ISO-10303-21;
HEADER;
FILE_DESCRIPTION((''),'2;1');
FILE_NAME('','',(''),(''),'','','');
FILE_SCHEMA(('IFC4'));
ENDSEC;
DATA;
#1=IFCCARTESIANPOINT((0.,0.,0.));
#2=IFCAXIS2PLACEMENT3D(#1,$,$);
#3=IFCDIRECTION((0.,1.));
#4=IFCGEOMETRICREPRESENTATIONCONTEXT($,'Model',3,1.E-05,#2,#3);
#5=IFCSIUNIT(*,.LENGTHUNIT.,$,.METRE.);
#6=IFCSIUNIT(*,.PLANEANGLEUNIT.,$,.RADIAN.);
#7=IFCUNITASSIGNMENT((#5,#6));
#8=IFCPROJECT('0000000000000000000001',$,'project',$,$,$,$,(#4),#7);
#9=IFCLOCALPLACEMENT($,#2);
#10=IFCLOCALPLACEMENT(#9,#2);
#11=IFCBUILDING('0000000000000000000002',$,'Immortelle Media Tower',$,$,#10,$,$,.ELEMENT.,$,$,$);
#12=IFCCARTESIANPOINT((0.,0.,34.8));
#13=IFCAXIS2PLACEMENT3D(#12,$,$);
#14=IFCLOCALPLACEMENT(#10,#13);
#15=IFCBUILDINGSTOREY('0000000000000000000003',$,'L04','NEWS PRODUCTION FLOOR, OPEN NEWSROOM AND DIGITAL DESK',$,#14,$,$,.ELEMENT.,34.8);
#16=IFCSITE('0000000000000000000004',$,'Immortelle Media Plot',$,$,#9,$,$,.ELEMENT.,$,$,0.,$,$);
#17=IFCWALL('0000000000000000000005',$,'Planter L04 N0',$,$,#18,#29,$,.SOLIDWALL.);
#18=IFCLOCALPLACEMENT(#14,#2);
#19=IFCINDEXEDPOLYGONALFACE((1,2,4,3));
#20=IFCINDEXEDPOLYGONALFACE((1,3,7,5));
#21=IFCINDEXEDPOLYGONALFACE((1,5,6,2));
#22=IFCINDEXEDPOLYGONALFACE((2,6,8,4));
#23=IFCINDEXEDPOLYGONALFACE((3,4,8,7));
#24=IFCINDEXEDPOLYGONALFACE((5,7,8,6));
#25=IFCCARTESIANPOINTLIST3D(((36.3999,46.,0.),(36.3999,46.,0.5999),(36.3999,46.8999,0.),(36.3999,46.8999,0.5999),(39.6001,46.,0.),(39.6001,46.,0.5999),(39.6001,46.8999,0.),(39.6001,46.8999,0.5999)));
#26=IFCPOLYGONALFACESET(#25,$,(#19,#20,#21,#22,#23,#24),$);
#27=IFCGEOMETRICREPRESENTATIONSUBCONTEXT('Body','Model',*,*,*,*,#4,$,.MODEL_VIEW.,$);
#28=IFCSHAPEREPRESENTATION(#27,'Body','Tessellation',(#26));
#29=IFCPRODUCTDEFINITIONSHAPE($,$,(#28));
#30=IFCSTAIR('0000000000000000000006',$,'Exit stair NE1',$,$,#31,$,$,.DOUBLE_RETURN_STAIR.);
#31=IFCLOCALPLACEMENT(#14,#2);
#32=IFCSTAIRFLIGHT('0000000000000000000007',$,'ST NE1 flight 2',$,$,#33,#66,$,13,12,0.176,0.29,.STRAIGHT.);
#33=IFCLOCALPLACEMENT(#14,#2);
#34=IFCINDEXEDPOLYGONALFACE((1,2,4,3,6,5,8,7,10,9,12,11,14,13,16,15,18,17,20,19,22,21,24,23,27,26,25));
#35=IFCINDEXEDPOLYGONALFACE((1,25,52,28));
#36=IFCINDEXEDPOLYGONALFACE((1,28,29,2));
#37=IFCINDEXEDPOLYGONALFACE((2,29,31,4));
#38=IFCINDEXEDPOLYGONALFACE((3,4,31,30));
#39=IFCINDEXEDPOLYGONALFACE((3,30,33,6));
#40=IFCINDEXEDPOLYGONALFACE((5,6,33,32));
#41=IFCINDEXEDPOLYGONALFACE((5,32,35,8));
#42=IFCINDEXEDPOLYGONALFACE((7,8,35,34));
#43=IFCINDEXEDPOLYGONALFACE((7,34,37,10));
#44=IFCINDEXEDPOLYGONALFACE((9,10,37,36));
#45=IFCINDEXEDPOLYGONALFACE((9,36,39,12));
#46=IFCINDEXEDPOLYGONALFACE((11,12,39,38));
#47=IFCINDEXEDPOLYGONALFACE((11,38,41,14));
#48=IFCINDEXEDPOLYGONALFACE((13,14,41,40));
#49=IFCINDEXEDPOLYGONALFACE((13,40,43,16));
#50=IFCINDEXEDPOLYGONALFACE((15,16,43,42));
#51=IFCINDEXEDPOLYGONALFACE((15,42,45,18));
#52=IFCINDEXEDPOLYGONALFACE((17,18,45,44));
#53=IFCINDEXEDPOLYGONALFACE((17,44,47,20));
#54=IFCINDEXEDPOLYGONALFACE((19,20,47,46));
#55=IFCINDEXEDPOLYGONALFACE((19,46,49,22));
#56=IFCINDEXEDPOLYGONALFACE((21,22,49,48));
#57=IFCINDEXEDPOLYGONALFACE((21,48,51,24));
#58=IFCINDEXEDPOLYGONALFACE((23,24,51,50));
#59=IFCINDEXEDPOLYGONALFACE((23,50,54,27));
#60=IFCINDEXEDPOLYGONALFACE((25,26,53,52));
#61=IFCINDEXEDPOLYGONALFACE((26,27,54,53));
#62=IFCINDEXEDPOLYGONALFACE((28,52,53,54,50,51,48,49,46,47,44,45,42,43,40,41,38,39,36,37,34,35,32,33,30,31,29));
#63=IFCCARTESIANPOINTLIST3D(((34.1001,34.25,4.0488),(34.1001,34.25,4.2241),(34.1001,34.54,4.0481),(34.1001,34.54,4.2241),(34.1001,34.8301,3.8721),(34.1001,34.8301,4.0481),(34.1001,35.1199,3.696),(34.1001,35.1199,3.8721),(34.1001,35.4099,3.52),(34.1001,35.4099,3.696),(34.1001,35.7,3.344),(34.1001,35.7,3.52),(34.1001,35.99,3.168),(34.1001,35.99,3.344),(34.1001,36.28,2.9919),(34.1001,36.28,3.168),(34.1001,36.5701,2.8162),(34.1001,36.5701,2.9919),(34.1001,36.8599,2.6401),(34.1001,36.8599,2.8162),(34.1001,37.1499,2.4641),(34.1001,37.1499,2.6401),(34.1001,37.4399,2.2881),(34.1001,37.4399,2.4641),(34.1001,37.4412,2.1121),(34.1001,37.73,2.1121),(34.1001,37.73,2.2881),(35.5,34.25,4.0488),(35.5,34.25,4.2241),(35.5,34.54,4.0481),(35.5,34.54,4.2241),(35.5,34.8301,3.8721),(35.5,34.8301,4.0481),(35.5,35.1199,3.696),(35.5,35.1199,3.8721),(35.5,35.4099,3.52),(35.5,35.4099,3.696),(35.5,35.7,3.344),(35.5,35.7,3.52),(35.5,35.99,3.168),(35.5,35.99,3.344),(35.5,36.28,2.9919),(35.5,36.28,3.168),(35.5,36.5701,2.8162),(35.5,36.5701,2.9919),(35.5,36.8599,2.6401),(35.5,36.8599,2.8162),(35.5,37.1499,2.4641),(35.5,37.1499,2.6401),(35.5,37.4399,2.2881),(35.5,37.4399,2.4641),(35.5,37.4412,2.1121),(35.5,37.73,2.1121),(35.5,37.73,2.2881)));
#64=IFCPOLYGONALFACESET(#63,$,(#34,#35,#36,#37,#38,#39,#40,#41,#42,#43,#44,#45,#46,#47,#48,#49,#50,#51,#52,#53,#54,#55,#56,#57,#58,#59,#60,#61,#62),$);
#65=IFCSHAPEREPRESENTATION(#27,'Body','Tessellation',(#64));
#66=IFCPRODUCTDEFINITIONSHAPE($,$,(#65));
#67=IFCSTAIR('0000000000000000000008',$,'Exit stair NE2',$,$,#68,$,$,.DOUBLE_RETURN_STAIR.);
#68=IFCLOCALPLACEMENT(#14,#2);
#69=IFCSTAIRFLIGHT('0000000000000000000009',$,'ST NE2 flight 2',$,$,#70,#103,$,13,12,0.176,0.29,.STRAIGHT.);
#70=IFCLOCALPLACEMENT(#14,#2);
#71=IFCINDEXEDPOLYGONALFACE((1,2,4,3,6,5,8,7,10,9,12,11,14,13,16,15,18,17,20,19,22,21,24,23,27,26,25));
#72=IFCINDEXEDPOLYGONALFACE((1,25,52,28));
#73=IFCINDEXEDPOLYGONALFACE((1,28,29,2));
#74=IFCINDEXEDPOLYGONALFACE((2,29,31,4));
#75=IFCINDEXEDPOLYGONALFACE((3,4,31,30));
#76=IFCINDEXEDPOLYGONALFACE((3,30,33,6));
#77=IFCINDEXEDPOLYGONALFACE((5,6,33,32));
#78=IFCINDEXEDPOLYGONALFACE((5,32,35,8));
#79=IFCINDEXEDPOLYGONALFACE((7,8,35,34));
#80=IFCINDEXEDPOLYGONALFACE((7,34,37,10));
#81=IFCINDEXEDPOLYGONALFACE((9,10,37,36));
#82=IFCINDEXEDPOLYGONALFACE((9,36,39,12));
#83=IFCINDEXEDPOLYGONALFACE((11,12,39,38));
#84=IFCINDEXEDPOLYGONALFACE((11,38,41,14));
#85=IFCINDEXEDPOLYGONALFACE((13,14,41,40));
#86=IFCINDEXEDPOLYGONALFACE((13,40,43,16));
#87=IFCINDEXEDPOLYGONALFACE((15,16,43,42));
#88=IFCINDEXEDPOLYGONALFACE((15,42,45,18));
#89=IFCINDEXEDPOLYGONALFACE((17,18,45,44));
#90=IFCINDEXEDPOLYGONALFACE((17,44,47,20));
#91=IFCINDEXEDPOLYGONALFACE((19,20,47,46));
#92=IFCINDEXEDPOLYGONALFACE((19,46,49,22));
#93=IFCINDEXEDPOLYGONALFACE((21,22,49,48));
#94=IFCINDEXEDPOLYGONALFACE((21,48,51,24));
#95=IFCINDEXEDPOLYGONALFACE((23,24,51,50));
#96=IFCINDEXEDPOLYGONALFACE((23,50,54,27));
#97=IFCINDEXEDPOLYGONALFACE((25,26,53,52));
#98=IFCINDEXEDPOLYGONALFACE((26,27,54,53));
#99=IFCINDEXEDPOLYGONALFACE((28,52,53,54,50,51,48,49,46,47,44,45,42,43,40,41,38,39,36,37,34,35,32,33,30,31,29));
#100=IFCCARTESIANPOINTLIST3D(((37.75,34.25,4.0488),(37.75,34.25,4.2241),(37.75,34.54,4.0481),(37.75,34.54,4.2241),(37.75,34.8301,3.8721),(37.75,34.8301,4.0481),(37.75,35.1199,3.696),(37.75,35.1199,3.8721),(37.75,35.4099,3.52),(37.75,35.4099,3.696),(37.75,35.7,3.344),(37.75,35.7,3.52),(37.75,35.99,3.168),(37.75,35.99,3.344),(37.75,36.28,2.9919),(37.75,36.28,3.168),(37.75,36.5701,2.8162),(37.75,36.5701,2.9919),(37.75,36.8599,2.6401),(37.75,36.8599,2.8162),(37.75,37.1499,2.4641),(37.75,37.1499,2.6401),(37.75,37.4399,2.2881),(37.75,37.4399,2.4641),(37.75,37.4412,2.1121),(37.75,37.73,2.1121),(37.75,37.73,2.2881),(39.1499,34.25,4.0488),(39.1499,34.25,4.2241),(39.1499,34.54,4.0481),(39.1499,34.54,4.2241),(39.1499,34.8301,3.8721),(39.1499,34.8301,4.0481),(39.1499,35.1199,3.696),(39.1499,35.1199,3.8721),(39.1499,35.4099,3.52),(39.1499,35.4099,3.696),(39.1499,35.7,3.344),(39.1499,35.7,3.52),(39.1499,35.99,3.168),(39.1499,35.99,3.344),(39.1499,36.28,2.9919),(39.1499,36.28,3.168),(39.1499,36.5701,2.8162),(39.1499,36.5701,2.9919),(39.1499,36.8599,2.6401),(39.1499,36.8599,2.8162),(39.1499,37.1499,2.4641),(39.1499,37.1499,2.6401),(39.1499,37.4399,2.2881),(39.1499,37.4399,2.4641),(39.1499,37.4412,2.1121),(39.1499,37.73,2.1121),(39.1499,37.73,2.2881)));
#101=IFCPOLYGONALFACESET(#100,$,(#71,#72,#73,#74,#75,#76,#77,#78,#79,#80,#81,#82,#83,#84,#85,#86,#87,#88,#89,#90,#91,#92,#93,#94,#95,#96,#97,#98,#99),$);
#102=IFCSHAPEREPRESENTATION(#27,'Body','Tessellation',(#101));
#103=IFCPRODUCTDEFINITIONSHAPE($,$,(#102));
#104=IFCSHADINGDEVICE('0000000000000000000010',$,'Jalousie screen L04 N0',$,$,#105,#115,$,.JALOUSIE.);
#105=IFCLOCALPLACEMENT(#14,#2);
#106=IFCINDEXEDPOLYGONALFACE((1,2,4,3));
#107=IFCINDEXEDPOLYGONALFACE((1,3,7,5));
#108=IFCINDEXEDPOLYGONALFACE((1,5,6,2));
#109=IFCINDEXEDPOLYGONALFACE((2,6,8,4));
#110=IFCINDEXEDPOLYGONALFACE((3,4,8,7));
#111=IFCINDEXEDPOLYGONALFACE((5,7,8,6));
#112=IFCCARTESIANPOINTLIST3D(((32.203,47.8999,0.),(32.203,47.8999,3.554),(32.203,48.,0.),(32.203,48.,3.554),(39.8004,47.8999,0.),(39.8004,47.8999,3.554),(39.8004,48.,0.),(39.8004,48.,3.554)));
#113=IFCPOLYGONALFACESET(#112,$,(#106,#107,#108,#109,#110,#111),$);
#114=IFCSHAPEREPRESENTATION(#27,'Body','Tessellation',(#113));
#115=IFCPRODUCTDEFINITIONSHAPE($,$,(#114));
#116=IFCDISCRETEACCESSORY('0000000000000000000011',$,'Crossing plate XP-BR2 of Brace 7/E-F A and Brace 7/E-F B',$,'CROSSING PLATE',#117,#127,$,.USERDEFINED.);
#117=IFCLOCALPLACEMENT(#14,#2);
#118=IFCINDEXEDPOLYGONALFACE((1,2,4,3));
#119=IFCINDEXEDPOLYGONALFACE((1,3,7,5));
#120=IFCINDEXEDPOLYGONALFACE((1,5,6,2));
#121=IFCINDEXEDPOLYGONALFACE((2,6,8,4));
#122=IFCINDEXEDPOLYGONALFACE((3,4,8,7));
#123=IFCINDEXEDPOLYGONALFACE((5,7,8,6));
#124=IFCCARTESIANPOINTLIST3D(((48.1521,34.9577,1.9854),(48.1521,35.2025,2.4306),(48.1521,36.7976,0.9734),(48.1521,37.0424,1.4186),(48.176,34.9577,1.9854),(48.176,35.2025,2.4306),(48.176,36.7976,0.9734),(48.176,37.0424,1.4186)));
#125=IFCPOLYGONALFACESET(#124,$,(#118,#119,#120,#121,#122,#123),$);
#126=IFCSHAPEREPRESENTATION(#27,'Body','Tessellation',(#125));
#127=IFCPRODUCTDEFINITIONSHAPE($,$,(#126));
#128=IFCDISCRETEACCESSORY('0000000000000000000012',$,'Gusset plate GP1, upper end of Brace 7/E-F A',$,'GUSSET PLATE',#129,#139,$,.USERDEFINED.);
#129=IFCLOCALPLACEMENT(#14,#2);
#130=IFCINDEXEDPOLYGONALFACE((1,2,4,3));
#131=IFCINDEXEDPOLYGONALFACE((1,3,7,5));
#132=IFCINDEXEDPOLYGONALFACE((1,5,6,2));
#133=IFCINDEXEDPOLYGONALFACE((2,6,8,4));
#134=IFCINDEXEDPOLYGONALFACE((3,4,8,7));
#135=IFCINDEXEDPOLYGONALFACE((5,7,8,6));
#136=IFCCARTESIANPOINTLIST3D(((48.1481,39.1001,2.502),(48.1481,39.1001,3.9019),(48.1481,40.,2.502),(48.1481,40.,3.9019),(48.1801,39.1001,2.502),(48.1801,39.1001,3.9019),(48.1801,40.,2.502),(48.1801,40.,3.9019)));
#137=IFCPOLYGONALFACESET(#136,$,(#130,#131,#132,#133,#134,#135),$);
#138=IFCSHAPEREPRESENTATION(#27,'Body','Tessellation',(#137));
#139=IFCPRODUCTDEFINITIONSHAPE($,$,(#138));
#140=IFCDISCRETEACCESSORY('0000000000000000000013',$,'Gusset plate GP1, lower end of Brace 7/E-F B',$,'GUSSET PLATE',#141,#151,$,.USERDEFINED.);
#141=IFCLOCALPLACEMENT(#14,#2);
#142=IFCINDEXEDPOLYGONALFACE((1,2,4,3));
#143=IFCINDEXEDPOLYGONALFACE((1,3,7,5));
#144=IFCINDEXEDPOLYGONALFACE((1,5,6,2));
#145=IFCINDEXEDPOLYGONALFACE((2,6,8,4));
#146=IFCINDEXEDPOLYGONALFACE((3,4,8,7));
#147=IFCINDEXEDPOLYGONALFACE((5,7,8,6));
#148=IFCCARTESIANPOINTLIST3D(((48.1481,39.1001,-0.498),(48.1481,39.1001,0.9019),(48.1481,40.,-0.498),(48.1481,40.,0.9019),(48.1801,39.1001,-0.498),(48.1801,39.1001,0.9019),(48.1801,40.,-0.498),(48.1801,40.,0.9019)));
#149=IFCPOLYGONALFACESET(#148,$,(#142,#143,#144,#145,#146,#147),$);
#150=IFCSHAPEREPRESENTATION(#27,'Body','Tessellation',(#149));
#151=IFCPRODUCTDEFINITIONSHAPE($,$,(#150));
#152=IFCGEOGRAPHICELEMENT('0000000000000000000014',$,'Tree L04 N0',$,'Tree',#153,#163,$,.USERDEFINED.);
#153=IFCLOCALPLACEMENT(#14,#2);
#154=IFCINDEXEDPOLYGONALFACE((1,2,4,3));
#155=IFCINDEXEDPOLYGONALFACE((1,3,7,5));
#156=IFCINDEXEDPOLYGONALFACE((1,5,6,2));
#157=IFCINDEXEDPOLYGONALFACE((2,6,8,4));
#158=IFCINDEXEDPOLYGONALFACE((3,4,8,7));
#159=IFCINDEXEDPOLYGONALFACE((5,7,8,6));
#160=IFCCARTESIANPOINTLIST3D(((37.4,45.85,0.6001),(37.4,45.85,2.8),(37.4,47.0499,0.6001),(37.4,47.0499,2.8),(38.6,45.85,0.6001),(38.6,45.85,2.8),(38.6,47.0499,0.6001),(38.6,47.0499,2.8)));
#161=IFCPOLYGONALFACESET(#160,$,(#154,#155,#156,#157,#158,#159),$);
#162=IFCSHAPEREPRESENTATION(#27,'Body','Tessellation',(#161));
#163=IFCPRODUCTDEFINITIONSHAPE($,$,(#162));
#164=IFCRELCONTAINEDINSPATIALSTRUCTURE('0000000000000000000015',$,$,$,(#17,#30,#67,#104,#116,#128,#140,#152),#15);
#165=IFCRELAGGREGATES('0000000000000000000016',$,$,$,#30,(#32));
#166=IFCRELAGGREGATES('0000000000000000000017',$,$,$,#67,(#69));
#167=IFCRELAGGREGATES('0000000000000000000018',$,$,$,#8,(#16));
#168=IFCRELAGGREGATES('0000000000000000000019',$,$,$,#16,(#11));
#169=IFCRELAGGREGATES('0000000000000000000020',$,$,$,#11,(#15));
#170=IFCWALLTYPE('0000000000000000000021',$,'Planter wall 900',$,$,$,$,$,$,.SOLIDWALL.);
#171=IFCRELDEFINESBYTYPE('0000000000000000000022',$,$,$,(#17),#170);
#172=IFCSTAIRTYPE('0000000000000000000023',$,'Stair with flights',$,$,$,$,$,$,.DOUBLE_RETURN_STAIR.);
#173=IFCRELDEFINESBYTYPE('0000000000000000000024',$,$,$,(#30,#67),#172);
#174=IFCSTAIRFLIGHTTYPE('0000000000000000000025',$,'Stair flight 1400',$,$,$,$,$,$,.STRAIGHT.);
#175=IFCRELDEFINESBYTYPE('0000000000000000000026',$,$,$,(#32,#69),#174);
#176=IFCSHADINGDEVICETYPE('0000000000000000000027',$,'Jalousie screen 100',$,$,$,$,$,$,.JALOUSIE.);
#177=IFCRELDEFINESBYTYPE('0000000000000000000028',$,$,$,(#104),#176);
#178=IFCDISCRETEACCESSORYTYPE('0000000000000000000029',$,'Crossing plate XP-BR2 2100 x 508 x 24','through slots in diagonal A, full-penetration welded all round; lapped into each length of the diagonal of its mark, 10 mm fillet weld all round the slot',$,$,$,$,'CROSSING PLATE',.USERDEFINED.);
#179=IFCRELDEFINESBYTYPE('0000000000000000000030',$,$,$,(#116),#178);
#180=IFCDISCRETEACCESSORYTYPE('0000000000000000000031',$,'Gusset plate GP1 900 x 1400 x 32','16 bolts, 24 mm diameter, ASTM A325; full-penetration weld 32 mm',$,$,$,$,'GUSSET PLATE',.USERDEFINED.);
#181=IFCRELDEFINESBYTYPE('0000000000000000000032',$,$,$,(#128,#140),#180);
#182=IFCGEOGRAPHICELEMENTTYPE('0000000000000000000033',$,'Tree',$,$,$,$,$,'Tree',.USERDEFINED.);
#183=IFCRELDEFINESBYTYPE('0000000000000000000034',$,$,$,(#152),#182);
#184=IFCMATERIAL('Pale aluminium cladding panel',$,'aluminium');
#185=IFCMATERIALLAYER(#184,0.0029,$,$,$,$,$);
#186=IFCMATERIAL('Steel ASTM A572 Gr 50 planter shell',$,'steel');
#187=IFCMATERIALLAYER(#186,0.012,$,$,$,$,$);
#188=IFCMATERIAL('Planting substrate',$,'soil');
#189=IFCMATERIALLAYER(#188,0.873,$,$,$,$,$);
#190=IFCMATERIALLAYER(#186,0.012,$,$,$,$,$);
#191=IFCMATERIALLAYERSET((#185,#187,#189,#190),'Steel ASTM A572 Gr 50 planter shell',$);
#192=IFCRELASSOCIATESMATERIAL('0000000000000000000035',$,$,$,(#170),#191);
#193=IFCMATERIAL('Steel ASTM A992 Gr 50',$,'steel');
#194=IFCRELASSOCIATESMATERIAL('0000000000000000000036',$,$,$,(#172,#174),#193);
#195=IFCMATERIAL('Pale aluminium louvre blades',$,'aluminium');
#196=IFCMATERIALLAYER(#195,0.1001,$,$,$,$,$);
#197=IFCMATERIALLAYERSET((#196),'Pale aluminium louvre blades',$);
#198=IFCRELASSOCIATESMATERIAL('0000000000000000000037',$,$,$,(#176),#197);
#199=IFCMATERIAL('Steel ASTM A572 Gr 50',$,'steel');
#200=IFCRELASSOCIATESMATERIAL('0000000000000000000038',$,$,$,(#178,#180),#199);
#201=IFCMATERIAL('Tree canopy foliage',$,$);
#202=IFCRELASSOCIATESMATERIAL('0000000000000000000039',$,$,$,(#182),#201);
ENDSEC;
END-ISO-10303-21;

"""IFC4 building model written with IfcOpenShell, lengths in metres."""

from ifc_helpers import new_model, si_unit, direction, frame, frame_2d, origin, origin_2d, place, context, subcontext, project, spatial, polyline, rectangle, outline, extrude, material, layer, layer_set, material_profile, profile_set, type_object, element, aggregate, save


model = new_model("IFC4")

# Units and contexts
model_context = context("Model", 3, precision=1e-05, world=origin(), true_north=direction((0.0, 1.0)))
body_context = subcontext(model_context, "Body", "Model", "MODEL_VIEW")
ifc_project = project(units=[si_unit("LENGTHUNIT", "METRE"), si_unit("PLANEANGLEUNIT", "RADIAN")], contexts=[model_context])

# Site, building, storey
site_placement = place(None, origin())
site = spatial("IfcSite", under=ifc_project, at=site_placement, Name="Immortelle Media Plot", CompositionType="ELEMENT", RefElevation=0.0)
building_placement = place(site_placement, origin())
building = spatial("IfcBuilding", under=site, at=building_placement, Name="Immortelle Media Tower", CompositionType="ELEMENT")
storey_placement = place(building_placement, frame((0.0, 0.0, 34.8)))
storey = spatial("IfcBuildingStorey", under=building, at=storey_placement, Name="L04", Description="NEWS PRODUCTION FLOOR, OPEN NEWSROOM AND DIGITAL DESK", CompositionType="ELEMENT", Elevation=34.8)

# Shared definitions
ifc_material_1 = material(Name="Steel ASTM A992 Gr 50", Category="steel")

# Shared definitions
ifc_material_2 = material(Name="Pale aluminium cladding panel", Category="aluminium")

# Wall
ifc_layer_1 = layer(ifc_material_2, 0.0029)
ifc_material_3 = material(Name="Steel ASTM A572 Gr 50 planter shell", Category="steel")
ifc_layer_2 = layer(ifc_material_3, 0.012)
ifc_material_4 = material(Name="Planting substrate", Category="soil")
ifc_layer_3 = layer(ifc_material_4, 0.873)
ifc_layer_4 = layer(ifc_material_3, 0.012)
ifc_layer_set_1 = layer_set([ifc_layer_1, ifc_layer_2, ifc_layer_3, ifc_layer_4], Name="Steel ASTM A572 Gr 50 planter shell")
wall_type_1 = type_object("IfcWallType", Name="Planter wall 900", PredefinedType="SOLIDWALL", material=ifc_layer_set_1)
wall_1_placement = place(storey_placement, frame((39.6001, 46.45, 0.0), z_axis=(0.0, 0.0, 1.0), x_axis=(-1.0, 0.0, 0.0)))
element("IfcWall", 1, at=wall_1_placement, inside=storey, type_object=wall_type_1, Name="Planter L04 N0", PredefinedType="SOLIDWALL", context=body_context, shape_type="SweptSolid", body=[
    extrude(rectangle(XDim=3.2002, YDim=0.8999, at=frame_2d((1.6001, 0.0))), origin(), (0.0, 0.0, 1.0), 0.5999),
])

# Stairs, stair flights
stair_type = type_object("IfcStairType", Name="Stair with flights", PredefinedType="DOUBLE_RETURN_STAIR", material=ifc_material_1)
stair_1_placement = place(storey_placement, origin())
stair_1 = element("IfcStair", 2, at=stair_1_placement, inside=storey, type_object=stair_type, Name="Exit stair NE1", PredefinedType="DOUBLE_RETURN_STAIR")
stair_flight_type = type_object("IfcStairFlightType", Name="Stair flight 1400", PredefinedType="STRAIGHT", material=ifc_material_1)
stair_flight_1_placement = place(storey_placement, frame((34.8, 37.73, 2.1121), z_axis=(0.0, 0.0, 1.0), x_axis=(0.0, -1.0, 0.0)))
stair_flight_1 = element("IfcStairFlight", 3, at=stair_flight_1_placement, type_object=stair_flight_type, Name="ST NE1 flight 2", NumberOfRisers=13, NumberOfTreads=12, PredefinedType="STRAIGHT", RiserHeight=0.176, TreadLength=0.29, context=body_context, shape_type="SweptSolid", body=[
    extrude(outline(polyline([(0.0, 0.0), (0.0, 0.176), (0.29, 0.176), (0.29, 0.3521), (0.5801, 0.3521), (0.5801, 0.5281), (0.8701, 0.5281), (0.8701, 0.7041), (1.1599, 0.7041), (1.1599, 0.8799), (1.45, 0.8799), (1.45, 1.0559), (1.74, 1.0559), (1.74, 1.2319), (2.03, 1.2319), (2.03, 1.408), (2.3201, 1.408), (2.3201, 1.584), (2.6101, 1.584), (2.6101, 1.76), (2.8999, 1.76), (2.8999, 1.936), (3.1899, 1.936), (3.1899, 2.1121), (3.48, 2.1121), (3.48, 2.2881), (3.48, 1.9368), (0.2888, 0.0), (0.0, 0.0)])), frame((0.0, 0.7, 0.0), z_axis=(0.0, -1.0, 0.0), x_axis=(1.0, 0.0, 0.0)), (0.0, 0.0, 1.0), 1.3999),
])
aggregate(stair_1, [stair_flight_1])
stair_2_placement = place(storey_placement, origin())
stair_2 = element("IfcStair", 4, at=stair_2_placement, inside=storey, type_object=stair_type, Name="Exit stair NE2", PredefinedType="DOUBLE_RETURN_STAIR")
stair_flight_2_placement = place(storey_placement, frame((38.45, 37.73, 2.1121), z_axis=(0.0, 0.0, 1.0), x_axis=(0.0, -1.0, 0.0)))
stair_flight_2 = element("IfcStairFlight", 5, at=stair_flight_2_placement, type_object=stair_flight_type, Name="ST NE2 flight 2", NumberOfRisers=13, NumberOfTreads=12, PredefinedType="STRAIGHT", RiserHeight=0.176, TreadLength=0.29, context=body_context, shape_type="SweptSolid", body=[
    extrude(outline(polyline([(0.0, 0.0), (0.0, 0.176), (0.29, 0.176), (0.29, 0.3521), (0.5801, 0.3521), (0.5801, 0.5281), (0.8701, 0.5281), (0.8701, 0.7041), (1.1599, 0.7041), (1.1599, 0.8799), (1.45, 0.8799), (1.45, 1.0559), (1.74, 1.0559), (1.74, 1.2319), (2.03, 1.2319), (2.03, 1.408), (2.3201, 1.408), (2.3201, 1.584), (2.6101, 1.584), (2.6101, 1.76), (2.8999, 1.76), (2.8999, 1.936), (3.1899, 1.936), (3.1899, 2.1121), (3.48, 2.1121), (3.48, 2.2881), (3.48, 1.9368), (0.2888, 0.0), (0.0, 0.0)])), frame((0.0, 0.7, 0.0), z_axis=(0.0, -1.0, 0.0), x_axis=(1.0, 0.0, 0.0)), (0.0, 0.0, 1.0), 1.3999),
])
aggregate(stair_2, [stair_flight_2])

# Shading device
ifc_material_5 = material(Name="Pale aluminium louvre blades", Category="aluminium")
ifc_layer_5 = layer(ifc_material_5, 0.1001)
ifc_layer_set_2 = layer_set([ifc_layer_5], Name="Pale aluminium louvre blades")
shading_device_type = type_object("IfcShadingDeviceType", Name="Jalousie screen 100", PredefinedType="JALOUSIE", material=ifc_layer_set_2)
shading_device_placement = place(storey_placement, frame((36.0017, 47.95, 0.0), z_axis=(0.0, 0.0, 1.0), x_axis=(-1.0, 0.0, 0.0)))
element("IfcShadingDevice", 6, at=shading_device_placement, inside=storey, type_object=shading_device_type, Name="Jalousie screen L04 N0", PredefinedType="JALOUSIE", context=body_context, shape_type="SweptSolid", body=[
    extrude(rectangle(XDim=7.5974, YDim=0.1001, at=origin_2d()), origin(), (0.0, 0.0, 1.0), 3.554),
])

# Discrete accessories
ifc_material_6 = material(Name="Steel ASTM A572 Gr 50", Category="steel")
ifc_material_profile_1 = material_profile(ifc_material_6, rectangle(XDim=0.0239, YDim=0.5081, at=origin_2d()), Name="PL 24 x 508")
ifc_profile_set_1 = profile_set([ifc_material_profile_1], Name="Steel ASTM A572 Gr 50")
discrete_accessory_type_1 = type_object("IfcDiscreteAccessoryType", Name="Crossing plate XP-BR2 2100 x 508 x 24", Description="through slots in diagonal A, full-penetration welded all round; lapped into each length of the diagonal of its mark, 10 mm fillet weld all round the slot", ElementType="CROSSING PLATE", PredefinedType="USERDEFINED", material=ifc_profile_set_1)
discrete_accessory_placement = place(storey_placement, frame((48.1641, 35.0801, 2.208), z_axis=(0.0, 0.876206, -0.481937), x_axis=(-1.0, 0.0, 0.0)))
element("IfcDiscreteAccessory", 7, at=discrete_accessory_placement, inside=storey, type_object=discrete_accessory_type_1, Name="Crossing plate XP-BR2 of Brace 7/E-F A and Brace 7/E-F B", ObjectType="CROSSING PLATE", PredefinedType="USERDEFINED", context=body_context, shape_type="SweptSolid", body=[
    extrude(rectangle(XDim=0.0239, YDim=0.5081, at=origin_2d()), origin(), (0.0, 0.0, 1.0), 2.0999),
])
ifc_material_profile_2 = material_profile(ifc_material_6, rectangle(XDim=0.032, YDim=1.3999, at=origin_2d()), Name="PL 32 x 1400")
ifc_profile_set_2 = profile_set([ifc_material_profile_2], Name="Steel ASTM A572 Gr 50")
discrete_accessory_type_2 = type_object("IfcDiscreteAccessoryType", Name="Gusset plate GP1 900 x 1400 x 32", Description="16 bolts, 24 mm diameter, ASTM A325; full-penetration weld 32 mm", ElementType="GUSSET PLATE", PredefinedType="USERDEFINED", material=ifc_profile_set_2)
for number, where, z_axis, x_axis, name in (
    (8, (48.1641, 40.0, 3.2019), (0.0, -1.0, 0.0), (1.0, 0.0, 0.0), "Gusset plate GP1, upper end of Brace 7/E-F A"),
    (9, (48.1641, 40.0, 0.2019), (0.0, -1.0, 0.0), (1.0, 0.0, 0.0), "Gusset plate GP1, lower end of Brace 7/E-F B"),
):
    element("IfcDiscreteAccessory", number, at=place(storey_placement, frame(where, z_axis=z_axis, x_axis=x_axis)), inside=storey, type_object=discrete_accessory_type_2, Name=name, ObjectType="GUSSET PLATE", PredefinedType="USERDEFINED", context=body_context, shape_type="SweptSolid", body=[
        extrude(rectangle(XDim=0.032, YDim=1.3999, at=origin_2d()), origin(), (0.0, 0.0, 1.0), 0.8999),
    ])

# Geographic element
ifc_material_7 = material(Name="Tree canopy foliage")
geographic_element_type = type_object("IfcGeographicElementType", Name="Tree", ElementType="Tree", PredefinedType="USERDEFINED", material=ifc_material_7)
geographic_element_placement = place(storey_placement, frame((38.0, 46.45, 0.6001), z_axis=(0.0, 0.0, 1.0), x_axis=(1.0, 0.0, 0.0)))
element("IfcGeographicElement", 10, at=geographic_element_placement, inside=storey, type_object=geographic_element_type, Name="Tree L04 N0", ObjectType="Tree", PredefinedType="USERDEFINED", context=body_context, shape_type="SweptSolid", body=[
    extrude(rectangle(XDim=1.2, YDim=1.2, at=origin_2d()), origin(), (0.0, 0.0, 1.0), 2.2),
])

save(model, "model.ifc")
